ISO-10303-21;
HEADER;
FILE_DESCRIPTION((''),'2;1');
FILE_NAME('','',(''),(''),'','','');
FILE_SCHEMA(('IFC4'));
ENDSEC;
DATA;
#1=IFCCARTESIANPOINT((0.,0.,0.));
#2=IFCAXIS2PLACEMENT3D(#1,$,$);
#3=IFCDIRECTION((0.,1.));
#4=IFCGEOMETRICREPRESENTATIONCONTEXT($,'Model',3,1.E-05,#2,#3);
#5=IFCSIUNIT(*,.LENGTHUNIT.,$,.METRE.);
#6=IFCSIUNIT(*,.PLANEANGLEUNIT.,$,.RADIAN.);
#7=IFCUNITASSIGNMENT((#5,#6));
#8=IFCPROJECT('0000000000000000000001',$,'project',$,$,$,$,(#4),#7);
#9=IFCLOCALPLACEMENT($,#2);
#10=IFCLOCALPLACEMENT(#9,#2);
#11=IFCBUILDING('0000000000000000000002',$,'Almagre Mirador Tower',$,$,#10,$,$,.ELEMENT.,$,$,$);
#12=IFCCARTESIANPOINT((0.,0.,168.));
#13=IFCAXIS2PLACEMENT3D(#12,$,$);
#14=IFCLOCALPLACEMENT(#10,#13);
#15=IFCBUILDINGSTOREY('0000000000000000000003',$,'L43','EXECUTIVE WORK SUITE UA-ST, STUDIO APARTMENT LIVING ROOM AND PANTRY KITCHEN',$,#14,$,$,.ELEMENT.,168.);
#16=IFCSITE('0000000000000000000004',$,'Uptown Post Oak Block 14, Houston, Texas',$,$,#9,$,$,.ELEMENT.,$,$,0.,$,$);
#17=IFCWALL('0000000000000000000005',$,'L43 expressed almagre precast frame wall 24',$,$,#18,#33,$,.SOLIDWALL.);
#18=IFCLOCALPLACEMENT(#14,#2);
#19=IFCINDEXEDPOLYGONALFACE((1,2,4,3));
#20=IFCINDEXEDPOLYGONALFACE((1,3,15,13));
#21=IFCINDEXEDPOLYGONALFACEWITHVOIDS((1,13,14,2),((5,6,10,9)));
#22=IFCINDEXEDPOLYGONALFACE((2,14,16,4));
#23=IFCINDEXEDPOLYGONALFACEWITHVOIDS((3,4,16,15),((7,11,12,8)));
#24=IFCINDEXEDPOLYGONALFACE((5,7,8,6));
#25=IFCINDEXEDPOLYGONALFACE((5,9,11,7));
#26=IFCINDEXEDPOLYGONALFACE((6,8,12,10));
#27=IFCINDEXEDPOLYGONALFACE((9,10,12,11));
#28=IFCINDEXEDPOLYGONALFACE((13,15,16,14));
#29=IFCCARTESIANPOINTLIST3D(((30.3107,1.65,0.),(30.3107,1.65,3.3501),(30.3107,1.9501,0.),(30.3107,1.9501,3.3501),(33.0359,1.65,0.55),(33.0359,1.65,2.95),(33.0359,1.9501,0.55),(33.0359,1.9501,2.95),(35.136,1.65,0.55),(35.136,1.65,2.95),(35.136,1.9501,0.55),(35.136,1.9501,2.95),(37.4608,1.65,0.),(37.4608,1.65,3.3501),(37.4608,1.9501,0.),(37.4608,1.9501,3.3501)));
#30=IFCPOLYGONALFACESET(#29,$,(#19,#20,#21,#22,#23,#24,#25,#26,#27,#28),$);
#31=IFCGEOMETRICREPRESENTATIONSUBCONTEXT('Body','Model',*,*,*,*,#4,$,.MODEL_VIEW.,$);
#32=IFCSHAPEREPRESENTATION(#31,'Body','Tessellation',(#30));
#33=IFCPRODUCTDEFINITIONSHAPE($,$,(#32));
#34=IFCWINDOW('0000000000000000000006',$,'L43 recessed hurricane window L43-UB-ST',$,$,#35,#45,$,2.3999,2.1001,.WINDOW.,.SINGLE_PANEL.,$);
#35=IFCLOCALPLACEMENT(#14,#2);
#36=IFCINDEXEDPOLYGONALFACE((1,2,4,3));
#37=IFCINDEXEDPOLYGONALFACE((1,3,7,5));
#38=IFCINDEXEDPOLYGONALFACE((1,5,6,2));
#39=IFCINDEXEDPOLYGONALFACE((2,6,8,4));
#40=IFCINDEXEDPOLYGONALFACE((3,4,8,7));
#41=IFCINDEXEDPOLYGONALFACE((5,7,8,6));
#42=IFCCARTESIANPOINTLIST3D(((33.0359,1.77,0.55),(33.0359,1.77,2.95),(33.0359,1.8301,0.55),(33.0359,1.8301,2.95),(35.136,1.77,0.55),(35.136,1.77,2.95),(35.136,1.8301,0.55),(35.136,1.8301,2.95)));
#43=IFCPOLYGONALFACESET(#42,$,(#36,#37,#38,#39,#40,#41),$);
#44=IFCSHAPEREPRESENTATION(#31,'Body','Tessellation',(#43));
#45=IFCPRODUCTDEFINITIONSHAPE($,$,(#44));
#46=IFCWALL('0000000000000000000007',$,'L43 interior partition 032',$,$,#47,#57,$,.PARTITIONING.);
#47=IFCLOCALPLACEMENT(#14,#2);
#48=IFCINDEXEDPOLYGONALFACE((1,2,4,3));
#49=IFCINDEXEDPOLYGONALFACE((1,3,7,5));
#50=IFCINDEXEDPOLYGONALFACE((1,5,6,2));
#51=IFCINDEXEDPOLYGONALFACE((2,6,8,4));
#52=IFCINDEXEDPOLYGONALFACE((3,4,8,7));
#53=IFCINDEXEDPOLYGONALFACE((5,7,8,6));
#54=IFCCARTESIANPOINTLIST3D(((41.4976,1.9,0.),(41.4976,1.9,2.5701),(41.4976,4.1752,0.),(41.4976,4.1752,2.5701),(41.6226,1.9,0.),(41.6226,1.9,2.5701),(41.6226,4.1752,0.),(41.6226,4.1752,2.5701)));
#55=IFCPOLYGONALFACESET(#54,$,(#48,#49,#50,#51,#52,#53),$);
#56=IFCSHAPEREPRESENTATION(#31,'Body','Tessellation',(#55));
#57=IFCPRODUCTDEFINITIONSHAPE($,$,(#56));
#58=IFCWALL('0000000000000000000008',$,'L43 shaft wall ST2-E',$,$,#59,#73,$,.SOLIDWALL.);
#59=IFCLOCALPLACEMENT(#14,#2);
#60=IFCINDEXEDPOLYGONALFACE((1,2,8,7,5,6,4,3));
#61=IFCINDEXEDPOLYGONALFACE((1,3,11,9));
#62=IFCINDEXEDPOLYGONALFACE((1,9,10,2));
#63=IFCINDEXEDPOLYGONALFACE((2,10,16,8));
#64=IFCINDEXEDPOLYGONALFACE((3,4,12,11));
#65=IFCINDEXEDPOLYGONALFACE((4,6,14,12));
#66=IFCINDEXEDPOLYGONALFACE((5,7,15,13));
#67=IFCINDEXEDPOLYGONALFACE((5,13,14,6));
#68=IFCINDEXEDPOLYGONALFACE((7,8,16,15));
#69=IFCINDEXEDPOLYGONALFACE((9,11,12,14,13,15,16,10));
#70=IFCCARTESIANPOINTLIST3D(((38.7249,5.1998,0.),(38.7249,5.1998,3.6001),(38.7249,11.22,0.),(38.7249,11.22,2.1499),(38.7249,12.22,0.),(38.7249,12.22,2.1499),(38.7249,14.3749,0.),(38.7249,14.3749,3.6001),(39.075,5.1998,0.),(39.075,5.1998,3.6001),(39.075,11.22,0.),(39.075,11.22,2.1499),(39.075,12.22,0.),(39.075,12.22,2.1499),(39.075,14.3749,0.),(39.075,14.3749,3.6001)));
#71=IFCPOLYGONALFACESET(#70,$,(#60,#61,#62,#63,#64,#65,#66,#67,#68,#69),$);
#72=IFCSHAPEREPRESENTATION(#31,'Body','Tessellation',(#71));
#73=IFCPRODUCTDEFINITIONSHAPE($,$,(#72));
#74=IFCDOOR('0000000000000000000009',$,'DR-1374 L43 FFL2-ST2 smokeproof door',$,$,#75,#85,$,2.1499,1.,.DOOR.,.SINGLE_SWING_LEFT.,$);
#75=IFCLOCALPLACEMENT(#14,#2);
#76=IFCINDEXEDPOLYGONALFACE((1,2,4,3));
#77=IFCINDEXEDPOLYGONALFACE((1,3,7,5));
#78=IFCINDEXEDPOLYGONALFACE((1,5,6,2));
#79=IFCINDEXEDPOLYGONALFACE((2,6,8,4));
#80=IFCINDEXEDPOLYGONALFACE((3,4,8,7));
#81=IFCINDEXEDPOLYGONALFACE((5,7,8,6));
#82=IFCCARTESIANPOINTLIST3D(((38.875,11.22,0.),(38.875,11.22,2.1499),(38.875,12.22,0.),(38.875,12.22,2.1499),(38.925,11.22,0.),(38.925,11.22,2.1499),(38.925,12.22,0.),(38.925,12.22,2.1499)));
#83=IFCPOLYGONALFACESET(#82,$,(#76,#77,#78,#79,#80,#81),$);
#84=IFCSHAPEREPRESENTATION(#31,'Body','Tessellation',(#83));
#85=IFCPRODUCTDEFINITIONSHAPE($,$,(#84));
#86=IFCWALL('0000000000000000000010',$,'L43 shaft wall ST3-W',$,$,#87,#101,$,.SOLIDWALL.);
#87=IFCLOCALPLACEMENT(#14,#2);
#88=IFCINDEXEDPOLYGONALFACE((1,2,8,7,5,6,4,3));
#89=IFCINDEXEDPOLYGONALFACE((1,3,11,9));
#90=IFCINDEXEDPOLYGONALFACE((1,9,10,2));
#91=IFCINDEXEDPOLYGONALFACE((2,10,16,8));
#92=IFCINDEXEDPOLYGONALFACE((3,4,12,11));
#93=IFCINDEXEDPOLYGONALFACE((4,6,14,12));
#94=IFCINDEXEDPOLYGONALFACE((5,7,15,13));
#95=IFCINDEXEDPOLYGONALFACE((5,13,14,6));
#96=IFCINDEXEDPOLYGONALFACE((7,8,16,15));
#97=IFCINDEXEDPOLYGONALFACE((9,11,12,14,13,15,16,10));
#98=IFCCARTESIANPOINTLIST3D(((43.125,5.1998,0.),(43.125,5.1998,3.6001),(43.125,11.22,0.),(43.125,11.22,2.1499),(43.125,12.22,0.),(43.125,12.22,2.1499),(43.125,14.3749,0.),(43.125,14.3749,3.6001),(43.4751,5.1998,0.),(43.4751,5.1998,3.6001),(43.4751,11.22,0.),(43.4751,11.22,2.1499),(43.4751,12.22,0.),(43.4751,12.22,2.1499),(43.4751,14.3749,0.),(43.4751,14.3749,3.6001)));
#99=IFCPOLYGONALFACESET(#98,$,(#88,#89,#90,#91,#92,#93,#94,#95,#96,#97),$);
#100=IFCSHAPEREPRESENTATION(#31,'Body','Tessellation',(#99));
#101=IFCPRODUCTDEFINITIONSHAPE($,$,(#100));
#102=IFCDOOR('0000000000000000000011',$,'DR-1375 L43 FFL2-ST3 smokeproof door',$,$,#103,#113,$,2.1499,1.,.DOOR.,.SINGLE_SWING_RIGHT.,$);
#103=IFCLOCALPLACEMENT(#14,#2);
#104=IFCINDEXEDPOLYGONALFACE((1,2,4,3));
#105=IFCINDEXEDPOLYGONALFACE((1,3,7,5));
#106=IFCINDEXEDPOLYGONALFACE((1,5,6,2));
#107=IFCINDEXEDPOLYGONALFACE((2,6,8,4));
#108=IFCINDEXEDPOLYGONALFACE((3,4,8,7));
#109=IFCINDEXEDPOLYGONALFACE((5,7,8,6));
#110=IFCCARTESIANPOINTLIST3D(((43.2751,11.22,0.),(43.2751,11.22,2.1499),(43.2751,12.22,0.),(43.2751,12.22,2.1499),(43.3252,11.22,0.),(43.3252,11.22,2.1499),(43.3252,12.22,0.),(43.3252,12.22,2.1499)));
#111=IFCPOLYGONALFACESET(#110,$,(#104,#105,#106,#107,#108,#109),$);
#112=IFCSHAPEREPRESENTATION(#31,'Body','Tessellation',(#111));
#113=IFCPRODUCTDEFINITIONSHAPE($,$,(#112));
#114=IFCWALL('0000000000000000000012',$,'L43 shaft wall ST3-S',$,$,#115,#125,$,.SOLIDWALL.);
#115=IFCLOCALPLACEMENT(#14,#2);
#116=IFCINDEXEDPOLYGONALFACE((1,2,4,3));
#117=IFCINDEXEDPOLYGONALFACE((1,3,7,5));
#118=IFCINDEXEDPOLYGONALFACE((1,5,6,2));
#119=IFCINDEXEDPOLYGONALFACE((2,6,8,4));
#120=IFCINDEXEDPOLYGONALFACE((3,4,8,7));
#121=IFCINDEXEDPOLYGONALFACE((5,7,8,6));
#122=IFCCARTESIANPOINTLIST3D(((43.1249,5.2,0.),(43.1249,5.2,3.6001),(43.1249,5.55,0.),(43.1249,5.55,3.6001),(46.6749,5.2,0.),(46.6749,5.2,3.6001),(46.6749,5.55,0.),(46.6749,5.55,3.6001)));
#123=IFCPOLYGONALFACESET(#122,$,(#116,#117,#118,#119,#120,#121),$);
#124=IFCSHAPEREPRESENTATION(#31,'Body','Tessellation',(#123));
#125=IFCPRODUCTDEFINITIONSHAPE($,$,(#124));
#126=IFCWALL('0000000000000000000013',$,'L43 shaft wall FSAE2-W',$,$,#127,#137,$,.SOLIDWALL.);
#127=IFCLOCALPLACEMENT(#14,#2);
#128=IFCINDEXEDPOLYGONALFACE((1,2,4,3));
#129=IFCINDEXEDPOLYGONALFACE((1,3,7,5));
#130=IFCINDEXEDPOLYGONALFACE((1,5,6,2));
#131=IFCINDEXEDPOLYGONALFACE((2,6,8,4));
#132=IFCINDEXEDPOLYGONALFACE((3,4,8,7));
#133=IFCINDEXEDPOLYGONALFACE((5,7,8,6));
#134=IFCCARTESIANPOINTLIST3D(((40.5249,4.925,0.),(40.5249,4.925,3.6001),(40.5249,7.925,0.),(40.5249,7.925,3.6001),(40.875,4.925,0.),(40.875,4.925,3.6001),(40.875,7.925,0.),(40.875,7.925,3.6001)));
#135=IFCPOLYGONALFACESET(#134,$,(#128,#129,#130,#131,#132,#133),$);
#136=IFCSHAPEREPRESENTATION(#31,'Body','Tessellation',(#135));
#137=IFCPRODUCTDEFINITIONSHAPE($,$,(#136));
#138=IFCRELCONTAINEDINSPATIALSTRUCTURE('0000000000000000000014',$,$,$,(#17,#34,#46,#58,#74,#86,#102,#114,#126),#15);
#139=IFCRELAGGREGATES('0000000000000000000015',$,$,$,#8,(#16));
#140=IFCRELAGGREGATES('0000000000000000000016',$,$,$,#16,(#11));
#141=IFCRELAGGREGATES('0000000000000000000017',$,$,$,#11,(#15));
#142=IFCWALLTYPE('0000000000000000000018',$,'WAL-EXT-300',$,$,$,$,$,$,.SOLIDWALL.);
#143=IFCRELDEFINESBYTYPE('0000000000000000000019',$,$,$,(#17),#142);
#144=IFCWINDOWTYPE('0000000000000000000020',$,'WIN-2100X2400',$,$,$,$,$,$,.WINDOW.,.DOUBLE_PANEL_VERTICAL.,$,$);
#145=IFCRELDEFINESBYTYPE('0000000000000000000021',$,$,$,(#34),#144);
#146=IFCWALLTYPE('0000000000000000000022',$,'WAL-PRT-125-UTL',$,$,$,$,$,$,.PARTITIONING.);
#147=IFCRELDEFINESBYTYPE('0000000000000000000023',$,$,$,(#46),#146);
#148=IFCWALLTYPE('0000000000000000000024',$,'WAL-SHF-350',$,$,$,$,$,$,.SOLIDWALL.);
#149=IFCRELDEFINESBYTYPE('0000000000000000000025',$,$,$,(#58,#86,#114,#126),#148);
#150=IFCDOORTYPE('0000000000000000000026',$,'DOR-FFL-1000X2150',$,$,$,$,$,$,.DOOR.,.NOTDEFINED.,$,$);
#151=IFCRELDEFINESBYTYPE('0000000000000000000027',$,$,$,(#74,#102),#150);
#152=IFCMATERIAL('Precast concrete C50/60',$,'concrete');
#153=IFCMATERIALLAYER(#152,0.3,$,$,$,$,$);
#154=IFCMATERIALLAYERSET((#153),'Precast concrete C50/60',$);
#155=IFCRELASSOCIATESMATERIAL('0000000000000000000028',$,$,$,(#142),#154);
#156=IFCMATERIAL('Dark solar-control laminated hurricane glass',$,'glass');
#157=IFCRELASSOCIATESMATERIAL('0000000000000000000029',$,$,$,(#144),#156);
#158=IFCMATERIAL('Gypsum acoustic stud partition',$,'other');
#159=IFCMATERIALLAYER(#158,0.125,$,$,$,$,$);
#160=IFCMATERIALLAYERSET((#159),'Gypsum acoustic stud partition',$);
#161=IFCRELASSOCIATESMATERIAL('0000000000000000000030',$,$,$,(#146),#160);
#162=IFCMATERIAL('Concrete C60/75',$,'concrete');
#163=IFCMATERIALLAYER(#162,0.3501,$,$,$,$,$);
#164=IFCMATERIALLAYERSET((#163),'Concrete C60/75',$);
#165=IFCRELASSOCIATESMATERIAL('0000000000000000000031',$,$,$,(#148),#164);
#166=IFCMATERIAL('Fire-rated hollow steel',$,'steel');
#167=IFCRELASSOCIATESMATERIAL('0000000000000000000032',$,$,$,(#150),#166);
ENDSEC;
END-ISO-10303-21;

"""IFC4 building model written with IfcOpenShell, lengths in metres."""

from ifc_helpers import new_model, si_unit, direction, frame, frame_2d, origin, place, context, subcontext, project, spatial, rectangle, extrude, material, layer, layer_set, type_object, element, fill, save


model = new_model("IFC4")

# Units and contexts
model_context = context("Model", 3, precision=1e-05, world=origin(), true_north=direction((0.0, 1.0)))
body_context = subcontext(model_context, "Body", "Model", "MODEL_VIEW")
ifc_project = project(units=[si_unit("LENGTHUNIT", "METRE"), si_unit("PLANEANGLEUNIT", "RADIAN")], contexts=[model_context])

# Site, building, storey
site_placement = place(None, origin())
site = spatial("IfcSite", under=ifc_project, at=site_placement, Name="Uptown Post Oak Block 14, Houston, Texas", CompositionType="ELEMENT", RefElevation=0.0)
building_placement = place(site_placement, origin())
building = spatial("IfcBuilding", under=site, at=building_placement, Name="Almagre Mirador Tower", CompositionType="ELEMENT")
storey_placement = place(building_placement, frame((0.0, 0.0, 168.0)))
storey = spatial("IfcBuildingStorey", under=building, at=storey_placement, Name="L43", Description="EXECUTIVE WORK SUITE UA-ST, STUDIO APARTMENT LIVING ROOM AND PANTRY KITCHEN", CompositionType="ELEMENT", Elevation=168.0)

# Shared definitions
ifc_material_1 = material(Name="Precast concrete C50/60", Category="concrete")
ifc_layer_1 = layer(ifc_material_1, 0.3)
ifc_layer_set_1 = layer_set([ifc_layer_1], Name="Precast concrete C50/60")
wall_type_1 = type_object("IfcWallType", Name="WAL-EXT-300", PredefinedType="SOLIDWALL", material=ifc_layer_set_1)

# Wall, opening, window
wall_1_placement = place(storey_placement, frame((37.4609, 1.8, 0.0), z_axis=(0.0, 0.0, 1.0), x_axis=(-1.0, 0.0, 0.0)))
wall_1 = element("IfcWall", 1, at=wall_1_placement, inside=storey, type_object=wall_type_1, Name="L43 expressed almagre precast frame wall 24", PredefinedType="SOLIDWALL", context=body_context, shape_type="SweptSolid", body=[
    extrude(rectangle(XDim=7.1501, YDim=0.3, at=frame_2d((3.5752, 0.0))), origin(), (0.0, 0.0, 1.0), 3.3501),
])
opening_1_placement = place(wall_1_placement, frame((2.325, 0.0, 0.55)))
opening_1 = element("IfcOpeningElement", 2, at=opening_1_placement, cuts=wall_1, PredefinedType="OPENING", context=body_context, shape_type="SweptSolid", body=[
    extrude(rectangle(XDim=2.1001, YDim=2.3999, at=frame_2d((1.05, 1.2))), frame((0.0, 0.1599, 0.0), z_axis=(0.0, -1.0, 0.0), x_axis=(1.0, 0.0, 0.0)), (0.0, 0.0, 1.0), 0.32),
])
ifc_material_2 = material(Name="Dark solar-control laminated hurricane glass", Category="glass")
window_type = type_object("IfcWindowType", Name="WIN-2100X2400", PartitioningType="DOUBLE_PANEL_VERTICAL", PredefinedType="WINDOW", material=ifc_material_2)
window_placement = place(opening_1_placement, origin())
window = element("IfcWindow", 3, at=window_placement, inside=storey, type_object=window_type, Name="L43 recessed hurricane window L43-UB-ST", OverallHeight=2.3999, OverallWidth=2.1001, PartitioningType="SINGLE_PANEL", PredefinedType="WINDOW", context=body_context, shape_type="SweptSolid", body=[
    extrude(rectangle(XDim=2.1001, YDim=2.3999, at=frame_2d((1.05, 1.2))), frame((0.0, 0.03, 0.0), z_axis=(0.0, -1.0, 0.0), x_axis=(1.0, 0.0, 0.0)), (0.0, 0.0, 1.0), 0.0601),
])
fill(opening_1, window)

# Wall
ifc_material_3 = material(Name="Gypsum acoustic stud partition", Category="other")
ifc_layer_2 = layer(ifc_material_3, 0.125)
ifc_layer_set_2 = layer_set([ifc_layer_2], Name="Gypsum acoustic stud partition")
wall_type_2 = type_object("IfcWallType", Name="WAL-PRT-125-UTL", PredefinedType="PARTITIONING", material=ifc_layer_set_2)
wall_2_placement = place(storey_placement, frame((41.5601, 1.8999, 0.0), z_axis=(0.0, 0.0, 1.0), x_axis=(0.0, 1.0, 0.0)))
element("IfcWall", 4, at=wall_2_placement, inside=storey, type_object=wall_type_2, Name="L43 interior partition 032", PredefinedType="PARTITIONING", context=body_context, shape_type="SweptSolid", body=[
    extrude(rectangle(XDim=2.2751, YDim=0.125, at=frame_2d((1.1377, 0.0))), origin(), (0.0, 0.0, 1.0), 2.5701),
])

# Walls, openings, doors
ifc_material_4 = material(Name="Concrete C60/75", Category="concrete")
ifc_layer_3 = layer(ifc_material_4, 0.3501)
ifc_layer_set_3 = layer_set([ifc_layer_3], Name="Concrete C60/75")
wall_type_3 = type_object("IfcWallType", Name="WAL-SHF-350", PredefinedType="SOLIDWALL", material=ifc_layer_set_3)
wall_3_placement = place(storey_placement, frame((38.8999, 5.2, 0.0), z_axis=(0.0, 0.0, 1.0), x_axis=(0.0, 1.0, 0.0)))
wall_3 = element("IfcWall", 5, at=wall_3_placement, inside=storey, type_object=wall_type_3, Name="L43 shaft wall ST2-E", PredefinedType="SOLIDWALL", context=body_context, shape_type="SweptSolid", body=[
    extrude(rectangle(XDim=9.175, YDim=0.3501, at=frame_2d((4.5874, 0.0))), origin(), (0.0, 0.0, 1.0), 3.6001),
])
opening_2_placement = place(wall_3_placement, frame((6.02, 0.0, 0.0)))
opening_2 = element("IfcOpeningElement", 6, at=opening_2_placement, cuts=wall_3, PredefinedType="OPENING", context=body_context, shape_type="SweptSolid", body=[
    extrude(rectangle(XDim=1.0, YDim=2.1499, at=frame_2d((0.5, 1.075))), frame((0.0, 0.185, 0.0), z_axis=(0.0, -1.0, 0.0), x_axis=(1.0, 0.0, 0.0)), (0.0, 0.0, 1.0), 0.3701),
])
ifc_material_5 = material(Name="Fire-rated hollow steel", Category="steel")
door_type = type_object("IfcDoorType", Name="DOR-FFL-1000X2150", OperationType="NOTDEFINED", PredefinedType="DOOR", material=ifc_material_5)
door_1_placement = place(opening_2_placement, origin())
door_1 = element("IfcDoor", 7, at=door_1_placement, inside=storey, type_object=door_type, Name="DR-1374 L43 FFL2-ST2 smokeproof door", OperationType="SINGLE_SWING_LEFT", OverallHeight=2.1499, OverallWidth=1.0, PredefinedType="DOOR", context=body_context, shape_type="SweptSolid", body=[
    extrude(rectangle(XDim=1.0, YDim=2.1499, at=frame_2d((0.5, 1.075))), frame((0.0, 0.0249, 0.0), z_axis=(0.0, -1.0, 0.0), x_axis=(1.0, 0.0, 0.0)), (0.0, 0.0, 1.0), 0.05),
])
fill(opening_2, door_1)
wall_4_placement = place(storey_placement, frame((43.3, 5.2, 0.0), z_axis=(0.0, 0.0, 1.0), x_axis=(0.0, 1.0, 0.0)))
wall_4 = element("IfcWall", 8, at=wall_4_placement, inside=storey, type_object=wall_type_3, Name="L43 shaft wall ST3-W", PredefinedType="SOLIDWALL", context=body_context, shape_type="SweptSolid", body=[
    extrude(rectangle(XDim=9.175, YDim=0.3501, at=frame_2d((4.5874, 0.0))), origin(), (0.0, 0.0, 1.0), 3.6001),
])
opening_3_placement = place(wall_4_placement, frame((6.02, 0.0, 0.0)))
opening_3 = element("IfcOpeningElement", 9, at=opening_3_placement, cuts=wall_4, PredefinedType="OPENING", context=body_context, shape_type="SweptSolid", body=[
    extrude(rectangle(XDim=1.0, YDim=2.1499, at=frame_2d((0.5, 1.075))), frame((0.0, 0.185, 0.0), z_axis=(0.0, -1.0, 0.0), x_axis=(1.0, 0.0, 0.0)), (0.0, 0.0, 1.0), 0.3701),
])
door_2_placement = place(opening_3_placement, origin())
door_2 = element("IfcDoor", 10, at=door_2_placement, inside=storey, type_object=door_type, Name="DR-1375 L43 FFL2-ST3 smokeproof door", OperationType="SINGLE_SWING_RIGHT", OverallHeight=2.1499, OverallWidth=1.0, PredefinedType="DOOR", context=body_context, shape_type="SweptSolid", body=[
    extrude(rectangle(XDim=1.0, YDim=2.1499, at=frame_2d((0.5, 1.075))), frame((0.0, 0.0249, 0.0), z_axis=(0.0, -1.0, 0.0), x_axis=(1.0, 0.0, 0.0)), (0.0, 0.0, 1.0), 0.05),
])
fill(opening_3, door_2)

# Walls
wall_5_placement = place(storey_placement, frame((43.125, 5.375, 0.0), z_axis=(0.0, 0.0, 1.0), x_axis=(1.0, 0.0, 0.0)))
element("IfcWall", 11, at=wall_5_placement, inside=storey, type_object=wall_type_3, Name="L43 shaft wall ST3-S", PredefinedType="SOLIDWALL", context=body_context, shape_type="SweptSolid", body=[
    extrude(rectangle(XDim=3.55, YDim=0.3501, at=frame_2d((1.7749, 0.0))), origin(), (0.0, 0.0, 1.0), 3.6001),
])
wall_6_placement = place(storey_placement, frame((40.7, 4.925, 0.0), z_axis=(0.0, 0.0, 1.0), x_axis=(0.0, 1.0, 0.0)))
element("IfcWall", 12, at=wall_6_placement, inside=storey, type_object=wall_type_3, Name="L43 shaft wall FSAE2-W", PredefinedType="SOLIDWALL", context=body_context, shape_type="SweptSolid", body=[
    extrude(rectangle(XDim=3.0, YDim=0.3501, at=frame_2d((1.5, 0.0))), origin(), (0.0, 0.0, 1.0), 3.6001),
])

save(model, "model.ifc")
